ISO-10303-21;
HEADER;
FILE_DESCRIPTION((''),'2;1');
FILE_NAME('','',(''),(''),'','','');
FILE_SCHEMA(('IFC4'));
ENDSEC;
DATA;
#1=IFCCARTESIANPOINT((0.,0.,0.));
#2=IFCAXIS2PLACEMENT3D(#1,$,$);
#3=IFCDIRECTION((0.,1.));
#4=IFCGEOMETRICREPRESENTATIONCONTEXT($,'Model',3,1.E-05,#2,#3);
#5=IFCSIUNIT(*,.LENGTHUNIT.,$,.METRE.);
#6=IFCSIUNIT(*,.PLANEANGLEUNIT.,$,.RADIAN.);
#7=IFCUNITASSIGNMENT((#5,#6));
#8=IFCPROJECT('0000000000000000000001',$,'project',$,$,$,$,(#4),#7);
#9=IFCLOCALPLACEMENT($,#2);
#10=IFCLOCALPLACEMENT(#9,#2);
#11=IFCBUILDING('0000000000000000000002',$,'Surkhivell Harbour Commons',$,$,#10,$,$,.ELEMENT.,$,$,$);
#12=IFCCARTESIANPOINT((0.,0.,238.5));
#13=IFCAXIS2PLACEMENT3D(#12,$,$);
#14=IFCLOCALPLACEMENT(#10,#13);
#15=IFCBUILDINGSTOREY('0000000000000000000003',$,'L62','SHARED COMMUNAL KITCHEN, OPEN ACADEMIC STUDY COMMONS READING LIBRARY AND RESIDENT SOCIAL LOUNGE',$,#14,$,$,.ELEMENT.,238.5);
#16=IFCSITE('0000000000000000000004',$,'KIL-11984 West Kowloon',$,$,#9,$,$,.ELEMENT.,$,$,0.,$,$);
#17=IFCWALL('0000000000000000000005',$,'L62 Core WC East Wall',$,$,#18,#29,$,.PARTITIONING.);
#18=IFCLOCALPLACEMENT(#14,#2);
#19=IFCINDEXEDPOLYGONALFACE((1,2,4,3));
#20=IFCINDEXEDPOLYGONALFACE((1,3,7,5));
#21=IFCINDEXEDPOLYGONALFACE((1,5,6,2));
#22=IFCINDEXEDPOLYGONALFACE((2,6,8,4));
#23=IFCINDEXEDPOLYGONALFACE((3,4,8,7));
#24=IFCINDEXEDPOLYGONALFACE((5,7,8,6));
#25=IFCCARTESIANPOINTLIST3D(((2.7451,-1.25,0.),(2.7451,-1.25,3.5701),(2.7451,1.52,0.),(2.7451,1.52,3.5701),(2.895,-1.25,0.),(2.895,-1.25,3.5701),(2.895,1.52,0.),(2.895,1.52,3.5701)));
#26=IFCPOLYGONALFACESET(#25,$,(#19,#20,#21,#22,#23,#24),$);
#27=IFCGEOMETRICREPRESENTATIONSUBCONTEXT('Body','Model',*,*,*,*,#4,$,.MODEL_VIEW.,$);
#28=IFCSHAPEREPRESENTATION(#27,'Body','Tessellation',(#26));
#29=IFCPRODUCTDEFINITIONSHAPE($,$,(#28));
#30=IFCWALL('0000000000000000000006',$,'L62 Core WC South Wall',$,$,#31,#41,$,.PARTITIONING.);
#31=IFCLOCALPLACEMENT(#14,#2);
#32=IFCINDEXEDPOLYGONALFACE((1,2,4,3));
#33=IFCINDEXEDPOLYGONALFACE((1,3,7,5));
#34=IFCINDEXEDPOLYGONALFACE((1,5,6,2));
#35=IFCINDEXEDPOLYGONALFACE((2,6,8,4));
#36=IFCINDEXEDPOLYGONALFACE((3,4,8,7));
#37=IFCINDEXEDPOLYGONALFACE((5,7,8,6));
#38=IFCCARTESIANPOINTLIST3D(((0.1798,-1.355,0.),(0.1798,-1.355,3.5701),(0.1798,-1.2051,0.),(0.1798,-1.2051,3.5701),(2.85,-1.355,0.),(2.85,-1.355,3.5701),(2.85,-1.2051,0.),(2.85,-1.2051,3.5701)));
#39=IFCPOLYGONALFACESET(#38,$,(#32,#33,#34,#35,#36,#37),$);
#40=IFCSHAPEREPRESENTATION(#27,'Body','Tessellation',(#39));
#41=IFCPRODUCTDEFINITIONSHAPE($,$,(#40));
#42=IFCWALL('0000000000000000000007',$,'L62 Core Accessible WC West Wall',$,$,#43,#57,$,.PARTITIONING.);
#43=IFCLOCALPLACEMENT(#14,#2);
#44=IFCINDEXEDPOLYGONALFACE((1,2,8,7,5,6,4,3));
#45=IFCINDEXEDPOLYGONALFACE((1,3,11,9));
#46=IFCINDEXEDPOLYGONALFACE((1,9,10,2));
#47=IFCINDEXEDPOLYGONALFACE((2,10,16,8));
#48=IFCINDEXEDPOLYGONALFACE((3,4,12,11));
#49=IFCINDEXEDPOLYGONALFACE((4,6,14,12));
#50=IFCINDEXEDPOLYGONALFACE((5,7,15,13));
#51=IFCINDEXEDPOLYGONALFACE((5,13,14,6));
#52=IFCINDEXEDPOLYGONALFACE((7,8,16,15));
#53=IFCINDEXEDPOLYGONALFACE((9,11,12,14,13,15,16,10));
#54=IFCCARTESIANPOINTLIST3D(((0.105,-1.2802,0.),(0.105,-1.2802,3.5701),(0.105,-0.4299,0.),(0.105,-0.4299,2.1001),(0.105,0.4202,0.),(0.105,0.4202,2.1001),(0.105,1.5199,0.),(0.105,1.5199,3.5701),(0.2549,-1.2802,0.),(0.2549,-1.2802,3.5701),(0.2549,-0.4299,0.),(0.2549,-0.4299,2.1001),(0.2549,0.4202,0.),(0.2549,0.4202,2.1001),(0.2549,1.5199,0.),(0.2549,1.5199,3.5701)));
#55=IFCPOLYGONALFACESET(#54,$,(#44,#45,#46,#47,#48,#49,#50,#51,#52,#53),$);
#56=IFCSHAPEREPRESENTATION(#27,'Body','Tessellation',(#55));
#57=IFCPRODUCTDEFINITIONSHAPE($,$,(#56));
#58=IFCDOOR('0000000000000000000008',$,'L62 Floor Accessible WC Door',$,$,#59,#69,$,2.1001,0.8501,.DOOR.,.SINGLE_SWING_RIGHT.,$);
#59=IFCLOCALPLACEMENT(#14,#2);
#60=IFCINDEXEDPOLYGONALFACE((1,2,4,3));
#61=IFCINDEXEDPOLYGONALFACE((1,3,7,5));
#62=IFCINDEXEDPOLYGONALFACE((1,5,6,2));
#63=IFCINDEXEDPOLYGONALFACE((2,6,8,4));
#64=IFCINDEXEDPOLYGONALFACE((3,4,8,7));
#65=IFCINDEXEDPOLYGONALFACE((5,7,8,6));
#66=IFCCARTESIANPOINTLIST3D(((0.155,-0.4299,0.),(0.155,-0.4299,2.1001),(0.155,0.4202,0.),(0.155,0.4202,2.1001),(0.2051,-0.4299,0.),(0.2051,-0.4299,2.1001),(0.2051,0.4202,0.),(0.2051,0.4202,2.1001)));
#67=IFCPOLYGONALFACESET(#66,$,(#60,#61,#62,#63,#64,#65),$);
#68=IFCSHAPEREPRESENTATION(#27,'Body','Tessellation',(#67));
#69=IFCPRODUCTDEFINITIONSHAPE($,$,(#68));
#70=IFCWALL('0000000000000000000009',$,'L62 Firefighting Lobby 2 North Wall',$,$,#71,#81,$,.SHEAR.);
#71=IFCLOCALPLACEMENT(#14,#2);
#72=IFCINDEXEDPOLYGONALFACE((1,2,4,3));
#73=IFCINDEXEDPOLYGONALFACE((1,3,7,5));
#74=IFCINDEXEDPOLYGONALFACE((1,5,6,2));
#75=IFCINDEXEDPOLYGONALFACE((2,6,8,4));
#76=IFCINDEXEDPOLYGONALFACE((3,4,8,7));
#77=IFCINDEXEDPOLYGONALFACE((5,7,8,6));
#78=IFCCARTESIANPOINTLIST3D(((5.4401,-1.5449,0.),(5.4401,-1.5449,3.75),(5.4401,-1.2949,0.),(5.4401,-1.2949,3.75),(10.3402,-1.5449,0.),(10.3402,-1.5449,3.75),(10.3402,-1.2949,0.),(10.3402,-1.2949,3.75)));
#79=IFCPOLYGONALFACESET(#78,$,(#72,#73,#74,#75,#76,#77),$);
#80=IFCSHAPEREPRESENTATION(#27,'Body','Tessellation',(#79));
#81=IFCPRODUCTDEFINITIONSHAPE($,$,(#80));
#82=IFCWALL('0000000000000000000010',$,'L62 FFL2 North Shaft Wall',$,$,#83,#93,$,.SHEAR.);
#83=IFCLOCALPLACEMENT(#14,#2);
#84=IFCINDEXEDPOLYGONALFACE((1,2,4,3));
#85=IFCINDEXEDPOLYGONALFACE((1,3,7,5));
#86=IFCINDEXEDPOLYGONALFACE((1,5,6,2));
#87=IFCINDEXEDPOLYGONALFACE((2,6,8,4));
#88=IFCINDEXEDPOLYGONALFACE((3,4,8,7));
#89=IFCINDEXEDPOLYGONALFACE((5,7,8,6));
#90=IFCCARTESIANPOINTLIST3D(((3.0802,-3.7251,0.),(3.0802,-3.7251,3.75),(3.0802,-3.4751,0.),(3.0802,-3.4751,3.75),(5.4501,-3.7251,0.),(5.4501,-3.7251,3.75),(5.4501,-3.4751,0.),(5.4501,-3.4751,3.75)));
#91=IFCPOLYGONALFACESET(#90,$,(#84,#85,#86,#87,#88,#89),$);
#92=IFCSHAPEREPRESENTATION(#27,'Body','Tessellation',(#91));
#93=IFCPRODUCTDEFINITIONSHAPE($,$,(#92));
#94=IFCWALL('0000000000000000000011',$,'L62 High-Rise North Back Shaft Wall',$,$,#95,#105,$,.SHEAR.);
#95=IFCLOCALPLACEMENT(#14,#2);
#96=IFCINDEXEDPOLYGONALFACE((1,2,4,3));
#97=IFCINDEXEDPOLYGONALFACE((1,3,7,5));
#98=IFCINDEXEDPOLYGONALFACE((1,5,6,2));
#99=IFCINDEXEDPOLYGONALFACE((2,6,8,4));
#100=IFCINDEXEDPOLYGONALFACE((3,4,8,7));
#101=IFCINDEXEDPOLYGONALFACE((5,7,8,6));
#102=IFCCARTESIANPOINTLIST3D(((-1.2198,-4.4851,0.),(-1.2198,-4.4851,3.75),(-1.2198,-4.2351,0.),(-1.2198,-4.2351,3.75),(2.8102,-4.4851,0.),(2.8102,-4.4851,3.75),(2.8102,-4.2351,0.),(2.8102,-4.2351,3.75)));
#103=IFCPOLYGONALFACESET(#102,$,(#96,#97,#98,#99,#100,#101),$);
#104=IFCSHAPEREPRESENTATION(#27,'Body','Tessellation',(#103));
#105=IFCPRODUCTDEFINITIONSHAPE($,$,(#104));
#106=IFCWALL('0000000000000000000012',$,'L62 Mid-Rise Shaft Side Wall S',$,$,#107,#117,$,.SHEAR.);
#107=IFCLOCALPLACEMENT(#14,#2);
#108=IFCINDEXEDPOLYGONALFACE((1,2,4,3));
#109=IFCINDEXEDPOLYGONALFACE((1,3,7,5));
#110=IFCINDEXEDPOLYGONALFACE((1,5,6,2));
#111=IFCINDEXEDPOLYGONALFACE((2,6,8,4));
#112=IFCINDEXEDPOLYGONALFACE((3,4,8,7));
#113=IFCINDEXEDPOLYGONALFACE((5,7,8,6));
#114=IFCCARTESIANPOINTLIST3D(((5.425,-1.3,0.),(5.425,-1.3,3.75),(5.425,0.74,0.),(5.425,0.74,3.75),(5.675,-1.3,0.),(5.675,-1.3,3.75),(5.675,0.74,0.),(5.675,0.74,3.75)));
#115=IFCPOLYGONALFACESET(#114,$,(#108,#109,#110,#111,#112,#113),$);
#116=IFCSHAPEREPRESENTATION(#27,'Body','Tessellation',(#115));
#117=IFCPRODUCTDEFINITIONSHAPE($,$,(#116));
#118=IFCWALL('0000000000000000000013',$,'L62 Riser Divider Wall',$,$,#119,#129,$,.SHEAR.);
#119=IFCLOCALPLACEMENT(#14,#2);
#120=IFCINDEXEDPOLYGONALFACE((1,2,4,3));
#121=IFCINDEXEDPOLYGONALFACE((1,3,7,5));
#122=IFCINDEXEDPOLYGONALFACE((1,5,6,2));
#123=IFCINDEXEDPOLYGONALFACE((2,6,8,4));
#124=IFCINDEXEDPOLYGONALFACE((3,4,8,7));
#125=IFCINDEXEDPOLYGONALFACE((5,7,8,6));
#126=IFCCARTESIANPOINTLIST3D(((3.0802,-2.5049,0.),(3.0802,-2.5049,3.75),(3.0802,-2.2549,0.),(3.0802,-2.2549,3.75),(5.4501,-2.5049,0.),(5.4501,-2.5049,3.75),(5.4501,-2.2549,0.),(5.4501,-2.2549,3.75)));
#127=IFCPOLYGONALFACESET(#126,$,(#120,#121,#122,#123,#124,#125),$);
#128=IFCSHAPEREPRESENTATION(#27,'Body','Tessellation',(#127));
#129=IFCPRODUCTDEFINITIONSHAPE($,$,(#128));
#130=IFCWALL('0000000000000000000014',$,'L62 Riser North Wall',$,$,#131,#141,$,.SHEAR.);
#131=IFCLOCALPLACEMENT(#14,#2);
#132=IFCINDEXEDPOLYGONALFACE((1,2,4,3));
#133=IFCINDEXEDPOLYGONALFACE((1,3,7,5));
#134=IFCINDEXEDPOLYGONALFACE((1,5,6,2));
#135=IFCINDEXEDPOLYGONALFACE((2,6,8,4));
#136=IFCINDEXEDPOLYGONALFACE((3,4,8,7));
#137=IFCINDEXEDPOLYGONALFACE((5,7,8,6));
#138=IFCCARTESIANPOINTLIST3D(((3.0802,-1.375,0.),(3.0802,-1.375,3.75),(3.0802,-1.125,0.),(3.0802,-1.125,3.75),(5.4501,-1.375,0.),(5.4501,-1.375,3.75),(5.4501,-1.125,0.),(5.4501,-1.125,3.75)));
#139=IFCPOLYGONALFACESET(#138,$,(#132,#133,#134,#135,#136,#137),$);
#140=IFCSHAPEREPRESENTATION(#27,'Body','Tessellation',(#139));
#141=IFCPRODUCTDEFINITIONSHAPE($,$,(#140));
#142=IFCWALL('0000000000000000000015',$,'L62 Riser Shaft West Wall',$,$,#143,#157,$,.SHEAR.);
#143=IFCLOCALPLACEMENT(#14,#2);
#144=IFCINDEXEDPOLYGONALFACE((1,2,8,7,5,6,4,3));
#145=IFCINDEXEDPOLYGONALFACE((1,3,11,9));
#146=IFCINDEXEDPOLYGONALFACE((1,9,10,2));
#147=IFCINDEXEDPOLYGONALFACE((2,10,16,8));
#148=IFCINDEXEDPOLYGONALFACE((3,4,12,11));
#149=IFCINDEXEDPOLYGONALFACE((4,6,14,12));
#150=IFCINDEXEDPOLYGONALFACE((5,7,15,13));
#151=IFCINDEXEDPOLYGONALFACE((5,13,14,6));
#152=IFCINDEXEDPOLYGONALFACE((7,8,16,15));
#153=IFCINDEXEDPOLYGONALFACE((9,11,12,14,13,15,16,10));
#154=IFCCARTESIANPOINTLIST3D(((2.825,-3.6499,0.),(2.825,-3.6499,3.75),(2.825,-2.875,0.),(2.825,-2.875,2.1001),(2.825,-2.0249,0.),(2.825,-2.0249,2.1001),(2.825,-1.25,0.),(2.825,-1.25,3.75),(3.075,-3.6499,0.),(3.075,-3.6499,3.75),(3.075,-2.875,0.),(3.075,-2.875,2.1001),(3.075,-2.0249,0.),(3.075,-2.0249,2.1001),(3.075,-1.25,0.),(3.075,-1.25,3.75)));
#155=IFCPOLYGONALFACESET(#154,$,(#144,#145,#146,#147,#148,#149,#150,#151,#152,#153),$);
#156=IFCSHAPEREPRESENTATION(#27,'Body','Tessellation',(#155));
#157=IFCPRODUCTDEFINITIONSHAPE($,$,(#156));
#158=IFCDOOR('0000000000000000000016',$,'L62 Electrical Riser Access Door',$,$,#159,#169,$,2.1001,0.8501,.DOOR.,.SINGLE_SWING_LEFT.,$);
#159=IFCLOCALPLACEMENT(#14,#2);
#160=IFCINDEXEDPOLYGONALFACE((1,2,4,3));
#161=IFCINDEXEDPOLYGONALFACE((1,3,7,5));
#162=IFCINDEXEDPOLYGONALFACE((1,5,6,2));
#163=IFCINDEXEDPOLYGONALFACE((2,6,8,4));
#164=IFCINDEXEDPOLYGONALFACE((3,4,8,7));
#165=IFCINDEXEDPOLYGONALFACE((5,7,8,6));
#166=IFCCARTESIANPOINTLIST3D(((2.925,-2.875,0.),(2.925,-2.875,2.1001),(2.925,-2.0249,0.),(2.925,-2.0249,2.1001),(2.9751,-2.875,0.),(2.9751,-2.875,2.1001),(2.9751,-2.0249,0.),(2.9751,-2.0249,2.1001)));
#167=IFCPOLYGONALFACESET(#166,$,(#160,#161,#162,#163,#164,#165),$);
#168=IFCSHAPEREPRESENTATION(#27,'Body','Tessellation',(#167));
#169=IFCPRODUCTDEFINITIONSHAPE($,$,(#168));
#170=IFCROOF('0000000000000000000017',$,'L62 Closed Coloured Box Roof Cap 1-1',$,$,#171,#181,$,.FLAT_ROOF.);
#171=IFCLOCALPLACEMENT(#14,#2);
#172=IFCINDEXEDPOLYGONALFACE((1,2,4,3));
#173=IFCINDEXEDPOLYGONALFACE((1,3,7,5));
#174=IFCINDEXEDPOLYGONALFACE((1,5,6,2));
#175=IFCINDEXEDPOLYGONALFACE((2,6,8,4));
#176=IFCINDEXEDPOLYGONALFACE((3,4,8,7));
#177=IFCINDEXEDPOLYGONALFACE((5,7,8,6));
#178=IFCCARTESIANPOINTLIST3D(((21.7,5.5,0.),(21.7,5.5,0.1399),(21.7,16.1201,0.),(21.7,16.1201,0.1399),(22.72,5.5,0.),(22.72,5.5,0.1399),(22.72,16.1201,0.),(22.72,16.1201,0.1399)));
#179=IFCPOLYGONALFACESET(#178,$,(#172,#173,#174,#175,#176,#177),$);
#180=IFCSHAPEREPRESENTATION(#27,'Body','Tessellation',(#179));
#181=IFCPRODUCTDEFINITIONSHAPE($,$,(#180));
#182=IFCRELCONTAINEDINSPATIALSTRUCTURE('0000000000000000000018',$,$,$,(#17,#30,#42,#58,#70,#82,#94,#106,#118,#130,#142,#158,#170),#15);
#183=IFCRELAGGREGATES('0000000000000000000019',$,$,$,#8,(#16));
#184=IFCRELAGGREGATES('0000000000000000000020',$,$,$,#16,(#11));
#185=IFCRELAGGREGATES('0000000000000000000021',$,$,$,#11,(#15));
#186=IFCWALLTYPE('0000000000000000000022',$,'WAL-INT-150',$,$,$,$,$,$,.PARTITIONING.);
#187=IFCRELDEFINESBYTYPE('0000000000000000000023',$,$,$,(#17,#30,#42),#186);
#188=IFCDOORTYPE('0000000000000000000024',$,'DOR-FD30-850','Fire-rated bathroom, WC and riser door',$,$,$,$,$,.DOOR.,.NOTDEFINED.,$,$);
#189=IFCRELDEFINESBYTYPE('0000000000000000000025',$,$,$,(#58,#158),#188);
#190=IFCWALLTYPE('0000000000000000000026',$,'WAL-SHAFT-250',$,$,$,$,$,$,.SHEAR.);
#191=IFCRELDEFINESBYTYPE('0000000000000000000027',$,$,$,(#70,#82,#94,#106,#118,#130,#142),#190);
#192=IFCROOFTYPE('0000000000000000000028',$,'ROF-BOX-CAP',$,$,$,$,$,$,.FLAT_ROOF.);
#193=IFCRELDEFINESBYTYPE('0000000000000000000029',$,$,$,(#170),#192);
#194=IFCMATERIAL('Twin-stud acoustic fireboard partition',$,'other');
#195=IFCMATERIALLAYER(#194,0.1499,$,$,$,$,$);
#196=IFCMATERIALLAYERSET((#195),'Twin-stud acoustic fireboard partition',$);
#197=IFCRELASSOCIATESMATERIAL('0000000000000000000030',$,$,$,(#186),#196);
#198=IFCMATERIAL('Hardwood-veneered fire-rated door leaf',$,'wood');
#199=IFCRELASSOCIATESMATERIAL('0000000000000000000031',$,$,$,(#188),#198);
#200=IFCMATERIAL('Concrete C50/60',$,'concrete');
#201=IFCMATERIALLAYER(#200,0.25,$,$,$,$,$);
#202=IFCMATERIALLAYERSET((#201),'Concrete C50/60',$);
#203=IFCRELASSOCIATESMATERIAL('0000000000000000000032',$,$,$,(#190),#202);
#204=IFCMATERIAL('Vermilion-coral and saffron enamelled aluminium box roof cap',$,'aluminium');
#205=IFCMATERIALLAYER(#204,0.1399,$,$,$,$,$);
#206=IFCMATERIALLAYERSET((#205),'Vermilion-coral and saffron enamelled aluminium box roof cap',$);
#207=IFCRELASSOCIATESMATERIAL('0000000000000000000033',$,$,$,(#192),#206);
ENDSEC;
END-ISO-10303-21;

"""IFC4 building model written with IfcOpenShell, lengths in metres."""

from ifc_helpers import new_model, si_unit, direction, frame, frame_2d, origin, place, context, subcontext, project, spatial, polyline, rectangle, outline, extrude, material, layer, layer_set, type_object, element, fill, save


model = new_model("IFC4")

# Units and contexts
model_context = context("Model", 3, precision=1e-05, world=origin(), true_north=direction((0.0, 1.0)))
body_context = subcontext(model_context, "Body", "Model", "MODEL_VIEW")
ifc_project = project(units=[si_unit("LENGTHUNIT", "METRE"), si_unit("PLANEANGLEUNIT", "RADIAN")], contexts=[model_context])

# Site, building, storey
site_placement = place(None, origin())
site = spatial("IfcSite", under=ifc_project, at=site_placement, Name="KIL-11984 West Kowloon", CompositionType="ELEMENT", RefElevation=0.0)
building_placement = place(site_placement, origin())
building = spatial("IfcBuilding", under=site, at=building_placement, Name="Surkhivell Harbour Commons", CompositionType="ELEMENT")
storey_placement = place(building_placement, frame((0.0, 0.0, 238.5)))
storey = spatial("IfcBuildingStorey", under=building, at=storey_placement, Name="L62", Description="SHARED COMMUNAL KITCHEN, OPEN ACADEMIC STUDY COMMONS READING LIBRARY AND RESIDENT SOCIAL LOUNGE", CompositionType="ELEMENT", Elevation=238.5)

# Walls
ifc_material_1 = material(Name="Twin-stud acoustic fireboard partition", Category="other")
ifc_layer_1 = layer(ifc_material_1, 0.1499)
ifc_layer_set_1 = layer_set([ifc_layer_1], Name="Twin-stud acoustic fireboard partition")
wall_type_1 = type_object("IfcWallType", Name="WAL-INT-150", PredefinedType="PARTITIONING", material=ifc_layer_set_1)
wall_1_placement = place(storey_placement, frame((2.8201, -1.25, 0.0), z_axis=(0.0, 0.0, 1.0), x_axis=(0.0, 1.0, 0.0)))
element("IfcWall", 1, at=wall_1_placement, inside=storey, type_object=wall_type_1, Name="L62 Core WC East Wall", PredefinedType="PARTITIONING", context=body_context, shape_type="SweptSolid", body=[
    extrude(rectangle(XDim=2.77, YDim=0.1499, at=frame_2d((1.385, 0.0))), origin(), (0.0, 0.0, 1.0), 3.5701),
])
wall_2_placement = place(storey_placement, frame((0.1799, -1.28, 0.0), z_axis=(0.0, 0.0, 1.0), x_axis=(1.0, 0.0, 0.0)))
element("IfcWall", 2, at=wall_2_placement, inside=storey, type_object=wall_type_1, Name="L62 Core WC South Wall", PredefinedType="PARTITIONING", context=body_context, shape_type="SweptSolid", body=[
    extrude(rectangle(XDim=2.6702, YDim=0.1499, at=frame_2d((1.335, 0.0))), origin(), (0.0, 0.0, 1.0), 3.5701),
])

# Wall, opening, door
wall_3_placement = place(storey_placement, frame((0.1799, -1.28, 0.0), z_axis=(0.0, 0.0, 1.0), x_axis=(0.0, 1.0, 0.0)))
wall_3 = element("IfcWall", 3, at=wall_3_placement, inside=storey, type_object=wall_type_1, Name="L62 Core Accessible WC West Wall", PredefinedType="PARTITIONING", context=body_context, shape_type="SweptSolid", body=[
    extrude(rectangle(XDim=2.8, YDim=0.1499, at=frame_2d((1.3999, 0.0))), origin(), (0.0, 0.0, 1.0), 3.5701),
])
opening_1_placement = place(wall_3_placement, frame((0.8501, 0.0, 0.0)))
opening_1 = element("IfcOpeningElement", 4, at=opening_1_placement, cuts=wall_3, PredefinedType="OPENING", context=body_context, shape_type="SweptSolid", body=[
    extrude(rectangle(XDim=0.8501, YDim=2.1001, at=frame_2d((0.425, 1.05))), frame((0.0, 0.085, 0.0), z_axis=(0.0, -1.0, 0.0), x_axis=(1.0, 0.0, 0.0)), (0.0, 0.0, 1.0), 0.1699),
])
ifc_material_2 = material(Name="Hardwood-veneered fire-rated door leaf", Category="wood")
door_type = type_object("IfcDoorType", Name="DOR-FD30-850", Description="Fire-rated bathroom, WC and riser door", OperationType="NOTDEFINED", PredefinedType="DOOR", material=ifc_material_2)
door_1_placement = place(opening_1_placement, origin())
door_1 = element("IfcDoor", 5, at=door_1_placement, inside=storey, type_object=door_type, Name="L62 Floor Accessible WC Door", OperationType="SINGLE_SWING_RIGHT", OverallHeight=2.1001, OverallWidth=0.8501, PredefinedType="DOOR", context=body_context, shape_type="SweptSolid", body=[
    extrude(rectangle(XDim=0.8501, YDim=2.1001, at=frame_2d((0.425, 1.05))), frame((0.0, 0.0249, 0.0), z_axis=(0.0, -1.0, 0.0), x_axis=(1.0, 0.0, 0.0)), (0.0, 0.0, 1.0), 0.05),
])
fill(opening_1, door_1)

# Walls
ifc_material_3 = material(Name="Concrete C50/60", Category="concrete")
ifc_layer_2 = layer(ifc_material_3, 0.25)
ifc_layer_set_2 = layer_set([ifc_layer_2], Name="Concrete C50/60")
wall_type_2 = type_object("IfcWallType", Name="WAL-SHAFT-250", PredefinedType="SHEAR", material=ifc_layer_set_2)
wall_4_placement = place(storey_placement, frame((5.4399, -1.4199, 0.0), z_axis=(0.0, 0.0, 1.0), x_axis=(1.0, 0.0, 0.0)))
element("IfcWall", 6, at=wall_4_placement, inside=storey, type_object=wall_type_2, Name="L62 Firefighting Lobby 2 North Wall", PredefinedType="SHEAR", context=body_context, shape_type="SweptSolid", body=[
    extrude(rectangle(XDim=4.9001, YDim=0.25, at=frame_2d((2.4502, 0.0))), origin(), (0.0, 0.0, 1.0), 3.75),
])
wall_5_placement = place(storey_placement, frame((3.0801, -3.6001, 0.0), z_axis=(0.0, 0.0, 1.0), x_axis=(1.0, 0.0, 0.0)))
element("IfcWall", 7, at=wall_5_placement, inside=storey, type_object=wall_type_2, Name="L62 FFL2 North Shaft Wall", PredefinedType="SHEAR", context=body_context, shape_type="SweptSolid", body=[
    extrude(rectangle(XDim=2.3699, YDim=0.25, at=frame_2d((1.1851, 0.0))), origin(), (0.0, 0.0, 1.0), 3.75),
])
wall_6_placement = place(storey_placement, frame((-1.22, -4.3601, 0.0), z_axis=(0.0, 0.0, 1.0), x_axis=(1.0, 0.0, 0.0)))
element("IfcWall", 8, at=wall_6_placement, inside=storey, type_object=wall_type_2, Name="L62 High-Rise North Back Shaft Wall", PredefinedType="SHEAR", context=body_context, shape_type="SweptSolid", body=[
    extrude(rectangle(XDim=4.03, YDim=0.25, at=frame_2d((2.0151, 0.0))), origin(), (0.0, 0.0, 1.0), 3.75),
])
wall_7_placement = place(storey_placement, frame((5.55, -1.3, 0.0), z_axis=(0.0, 0.0, 1.0), x_axis=(0.0, 1.0, 0.0)))
element("IfcWall", 9, at=wall_7_placement, inside=storey, type_object=wall_type_2, Name="L62 Mid-Rise Shaft Side Wall S", PredefinedType="SHEAR", context=body_context, shape_type="SweptSolid", body=[
    extrude(rectangle(XDim=2.04, YDim=0.25, at=frame_2d((1.02, 0.0))), origin(), (0.0, 0.0, 1.0), 3.75),
])
for number, where, z_axis, x_axis, name in (
    (10, (3.0801, -2.3799, 0.0), (0.0, 0.0, 1.0), (1.0, 0.0, 0.0), "L62 Riser Divider Wall"),
    (11, (3.0801, -1.25, 0.0), (0.0, 0.0, 1.0), (1.0, 0.0, 0.0), "L62 Riser North Wall"),
):
    element("IfcWall", number, at=place(storey_placement, frame(where, z_axis=z_axis, x_axis=x_axis)), inside=storey, type_object=wall_type_2, Name=name, PredefinedType="SHEAR", context=body_context, shape_type="SweptSolid", body=[
        extrude(rectangle(XDim=2.3699, YDim=0.25, at=frame_2d((1.1851, 0.0))), origin(), (0.0, 0.0, 1.0), 3.75),
    ])

# Wall, opening, door
wall_8_placement = place(storey_placement, frame((2.95, -3.6499, 0.0), z_axis=(0.0, 0.0, 1.0), x_axis=(0.0, 1.0, 0.0)))
wall_8 = element("IfcWall", 12, at=wall_8_placement, inside=storey, type_object=wall_type_2, Name="L62 Riser Shaft West Wall", PredefinedType="SHEAR", context=body_context, shape_type="SweptSolid", body=[
    extrude(rectangle(XDim=2.3999, YDim=0.25, at=frame_2d((1.2, 0.0))), origin(), (0.0, 0.0, 1.0), 3.75),
])
opening_2_placement = place(wall_8_placement, frame((0.7749, 0.0, 0.0)))
opening_2 = element("IfcOpeningElement", 13, at=opening_2_placement, cuts=wall_8, PredefinedType="OPENING", context=body_context, shape_type="SweptSolid", body=[
    extrude(rectangle(XDim=0.8501, YDim=2.1001, at=frame_2d((0.425, 1.05))), frame((0.0, 0.135, 0.0), z_axis=(0.0, -1.0, 0.0), x_axis=(1.0, 0.0, 0.0)), (0.0, 0.0, 1.0), 0.27),
])
door_2_placement = place(opening_2_placement, origin())
door_2 = element("IfcDoor", 14, at=door_2_placement, inside=storey, type_object=door_type, Name="L62 Electrical Riser Access Door", OperationType="SINGLE_SWING_LEFT", OverallHeight=2.1001, OverallWidth=0.8501, PredefinedType="DOOR", context=body_context, shape_type="SweptSolid", body=[
    extrude(rectangle(XDim=0.8501, YDim=2.1001, at=frame_2d((0.425, 1.05))), frame((0.0, 0.0249, 0.0), z_axis=(0.0, -1.0, 0.0), x_axis=(1.0, 0.0, 0.0)), (0.0, 0.0, 1.0), 0.05),
])
fill(opening_2, door_2)

# Roof
ifc_material_4 = material(Name="Vermilion-coral and saffron enamelled aluminium box roof cap", Category="aluminium")
ifc_layer_3 = layer(ifc_material_4, 0.1399)
ifc_layer_set_3 = layer_set([ifc_layer_3], Name="Vermilion-coral and saffron enamelled aluminium box roof cap")
roof_type = type_object("IfcRoofType", Name="ROF-BOX-CAP", PredefinedType="FLAT_ROOF", material=ifc_layer_set_3)
roof_1_placement = place(storey_placement, origin())
element("IfcRoof", 15, at=roof_1_placement, inside=storey, type_object=roof_type, Name="L62 Closed Coloured Box Roof Cap 1-1", PredefinedType="FLAT_ROOF", context=body_context, shape_type="SweptSolid", body=[
    extrude(outline(polyline([(21.7, 16.1201), (21.7, 5.5), (22.72, 5.5), (22.72, 16.1201), (21.7, 16.1201)])), origin(), (0.0, 0.0, 1.0), 0.1399),
])

save(model, "model.ifc")
